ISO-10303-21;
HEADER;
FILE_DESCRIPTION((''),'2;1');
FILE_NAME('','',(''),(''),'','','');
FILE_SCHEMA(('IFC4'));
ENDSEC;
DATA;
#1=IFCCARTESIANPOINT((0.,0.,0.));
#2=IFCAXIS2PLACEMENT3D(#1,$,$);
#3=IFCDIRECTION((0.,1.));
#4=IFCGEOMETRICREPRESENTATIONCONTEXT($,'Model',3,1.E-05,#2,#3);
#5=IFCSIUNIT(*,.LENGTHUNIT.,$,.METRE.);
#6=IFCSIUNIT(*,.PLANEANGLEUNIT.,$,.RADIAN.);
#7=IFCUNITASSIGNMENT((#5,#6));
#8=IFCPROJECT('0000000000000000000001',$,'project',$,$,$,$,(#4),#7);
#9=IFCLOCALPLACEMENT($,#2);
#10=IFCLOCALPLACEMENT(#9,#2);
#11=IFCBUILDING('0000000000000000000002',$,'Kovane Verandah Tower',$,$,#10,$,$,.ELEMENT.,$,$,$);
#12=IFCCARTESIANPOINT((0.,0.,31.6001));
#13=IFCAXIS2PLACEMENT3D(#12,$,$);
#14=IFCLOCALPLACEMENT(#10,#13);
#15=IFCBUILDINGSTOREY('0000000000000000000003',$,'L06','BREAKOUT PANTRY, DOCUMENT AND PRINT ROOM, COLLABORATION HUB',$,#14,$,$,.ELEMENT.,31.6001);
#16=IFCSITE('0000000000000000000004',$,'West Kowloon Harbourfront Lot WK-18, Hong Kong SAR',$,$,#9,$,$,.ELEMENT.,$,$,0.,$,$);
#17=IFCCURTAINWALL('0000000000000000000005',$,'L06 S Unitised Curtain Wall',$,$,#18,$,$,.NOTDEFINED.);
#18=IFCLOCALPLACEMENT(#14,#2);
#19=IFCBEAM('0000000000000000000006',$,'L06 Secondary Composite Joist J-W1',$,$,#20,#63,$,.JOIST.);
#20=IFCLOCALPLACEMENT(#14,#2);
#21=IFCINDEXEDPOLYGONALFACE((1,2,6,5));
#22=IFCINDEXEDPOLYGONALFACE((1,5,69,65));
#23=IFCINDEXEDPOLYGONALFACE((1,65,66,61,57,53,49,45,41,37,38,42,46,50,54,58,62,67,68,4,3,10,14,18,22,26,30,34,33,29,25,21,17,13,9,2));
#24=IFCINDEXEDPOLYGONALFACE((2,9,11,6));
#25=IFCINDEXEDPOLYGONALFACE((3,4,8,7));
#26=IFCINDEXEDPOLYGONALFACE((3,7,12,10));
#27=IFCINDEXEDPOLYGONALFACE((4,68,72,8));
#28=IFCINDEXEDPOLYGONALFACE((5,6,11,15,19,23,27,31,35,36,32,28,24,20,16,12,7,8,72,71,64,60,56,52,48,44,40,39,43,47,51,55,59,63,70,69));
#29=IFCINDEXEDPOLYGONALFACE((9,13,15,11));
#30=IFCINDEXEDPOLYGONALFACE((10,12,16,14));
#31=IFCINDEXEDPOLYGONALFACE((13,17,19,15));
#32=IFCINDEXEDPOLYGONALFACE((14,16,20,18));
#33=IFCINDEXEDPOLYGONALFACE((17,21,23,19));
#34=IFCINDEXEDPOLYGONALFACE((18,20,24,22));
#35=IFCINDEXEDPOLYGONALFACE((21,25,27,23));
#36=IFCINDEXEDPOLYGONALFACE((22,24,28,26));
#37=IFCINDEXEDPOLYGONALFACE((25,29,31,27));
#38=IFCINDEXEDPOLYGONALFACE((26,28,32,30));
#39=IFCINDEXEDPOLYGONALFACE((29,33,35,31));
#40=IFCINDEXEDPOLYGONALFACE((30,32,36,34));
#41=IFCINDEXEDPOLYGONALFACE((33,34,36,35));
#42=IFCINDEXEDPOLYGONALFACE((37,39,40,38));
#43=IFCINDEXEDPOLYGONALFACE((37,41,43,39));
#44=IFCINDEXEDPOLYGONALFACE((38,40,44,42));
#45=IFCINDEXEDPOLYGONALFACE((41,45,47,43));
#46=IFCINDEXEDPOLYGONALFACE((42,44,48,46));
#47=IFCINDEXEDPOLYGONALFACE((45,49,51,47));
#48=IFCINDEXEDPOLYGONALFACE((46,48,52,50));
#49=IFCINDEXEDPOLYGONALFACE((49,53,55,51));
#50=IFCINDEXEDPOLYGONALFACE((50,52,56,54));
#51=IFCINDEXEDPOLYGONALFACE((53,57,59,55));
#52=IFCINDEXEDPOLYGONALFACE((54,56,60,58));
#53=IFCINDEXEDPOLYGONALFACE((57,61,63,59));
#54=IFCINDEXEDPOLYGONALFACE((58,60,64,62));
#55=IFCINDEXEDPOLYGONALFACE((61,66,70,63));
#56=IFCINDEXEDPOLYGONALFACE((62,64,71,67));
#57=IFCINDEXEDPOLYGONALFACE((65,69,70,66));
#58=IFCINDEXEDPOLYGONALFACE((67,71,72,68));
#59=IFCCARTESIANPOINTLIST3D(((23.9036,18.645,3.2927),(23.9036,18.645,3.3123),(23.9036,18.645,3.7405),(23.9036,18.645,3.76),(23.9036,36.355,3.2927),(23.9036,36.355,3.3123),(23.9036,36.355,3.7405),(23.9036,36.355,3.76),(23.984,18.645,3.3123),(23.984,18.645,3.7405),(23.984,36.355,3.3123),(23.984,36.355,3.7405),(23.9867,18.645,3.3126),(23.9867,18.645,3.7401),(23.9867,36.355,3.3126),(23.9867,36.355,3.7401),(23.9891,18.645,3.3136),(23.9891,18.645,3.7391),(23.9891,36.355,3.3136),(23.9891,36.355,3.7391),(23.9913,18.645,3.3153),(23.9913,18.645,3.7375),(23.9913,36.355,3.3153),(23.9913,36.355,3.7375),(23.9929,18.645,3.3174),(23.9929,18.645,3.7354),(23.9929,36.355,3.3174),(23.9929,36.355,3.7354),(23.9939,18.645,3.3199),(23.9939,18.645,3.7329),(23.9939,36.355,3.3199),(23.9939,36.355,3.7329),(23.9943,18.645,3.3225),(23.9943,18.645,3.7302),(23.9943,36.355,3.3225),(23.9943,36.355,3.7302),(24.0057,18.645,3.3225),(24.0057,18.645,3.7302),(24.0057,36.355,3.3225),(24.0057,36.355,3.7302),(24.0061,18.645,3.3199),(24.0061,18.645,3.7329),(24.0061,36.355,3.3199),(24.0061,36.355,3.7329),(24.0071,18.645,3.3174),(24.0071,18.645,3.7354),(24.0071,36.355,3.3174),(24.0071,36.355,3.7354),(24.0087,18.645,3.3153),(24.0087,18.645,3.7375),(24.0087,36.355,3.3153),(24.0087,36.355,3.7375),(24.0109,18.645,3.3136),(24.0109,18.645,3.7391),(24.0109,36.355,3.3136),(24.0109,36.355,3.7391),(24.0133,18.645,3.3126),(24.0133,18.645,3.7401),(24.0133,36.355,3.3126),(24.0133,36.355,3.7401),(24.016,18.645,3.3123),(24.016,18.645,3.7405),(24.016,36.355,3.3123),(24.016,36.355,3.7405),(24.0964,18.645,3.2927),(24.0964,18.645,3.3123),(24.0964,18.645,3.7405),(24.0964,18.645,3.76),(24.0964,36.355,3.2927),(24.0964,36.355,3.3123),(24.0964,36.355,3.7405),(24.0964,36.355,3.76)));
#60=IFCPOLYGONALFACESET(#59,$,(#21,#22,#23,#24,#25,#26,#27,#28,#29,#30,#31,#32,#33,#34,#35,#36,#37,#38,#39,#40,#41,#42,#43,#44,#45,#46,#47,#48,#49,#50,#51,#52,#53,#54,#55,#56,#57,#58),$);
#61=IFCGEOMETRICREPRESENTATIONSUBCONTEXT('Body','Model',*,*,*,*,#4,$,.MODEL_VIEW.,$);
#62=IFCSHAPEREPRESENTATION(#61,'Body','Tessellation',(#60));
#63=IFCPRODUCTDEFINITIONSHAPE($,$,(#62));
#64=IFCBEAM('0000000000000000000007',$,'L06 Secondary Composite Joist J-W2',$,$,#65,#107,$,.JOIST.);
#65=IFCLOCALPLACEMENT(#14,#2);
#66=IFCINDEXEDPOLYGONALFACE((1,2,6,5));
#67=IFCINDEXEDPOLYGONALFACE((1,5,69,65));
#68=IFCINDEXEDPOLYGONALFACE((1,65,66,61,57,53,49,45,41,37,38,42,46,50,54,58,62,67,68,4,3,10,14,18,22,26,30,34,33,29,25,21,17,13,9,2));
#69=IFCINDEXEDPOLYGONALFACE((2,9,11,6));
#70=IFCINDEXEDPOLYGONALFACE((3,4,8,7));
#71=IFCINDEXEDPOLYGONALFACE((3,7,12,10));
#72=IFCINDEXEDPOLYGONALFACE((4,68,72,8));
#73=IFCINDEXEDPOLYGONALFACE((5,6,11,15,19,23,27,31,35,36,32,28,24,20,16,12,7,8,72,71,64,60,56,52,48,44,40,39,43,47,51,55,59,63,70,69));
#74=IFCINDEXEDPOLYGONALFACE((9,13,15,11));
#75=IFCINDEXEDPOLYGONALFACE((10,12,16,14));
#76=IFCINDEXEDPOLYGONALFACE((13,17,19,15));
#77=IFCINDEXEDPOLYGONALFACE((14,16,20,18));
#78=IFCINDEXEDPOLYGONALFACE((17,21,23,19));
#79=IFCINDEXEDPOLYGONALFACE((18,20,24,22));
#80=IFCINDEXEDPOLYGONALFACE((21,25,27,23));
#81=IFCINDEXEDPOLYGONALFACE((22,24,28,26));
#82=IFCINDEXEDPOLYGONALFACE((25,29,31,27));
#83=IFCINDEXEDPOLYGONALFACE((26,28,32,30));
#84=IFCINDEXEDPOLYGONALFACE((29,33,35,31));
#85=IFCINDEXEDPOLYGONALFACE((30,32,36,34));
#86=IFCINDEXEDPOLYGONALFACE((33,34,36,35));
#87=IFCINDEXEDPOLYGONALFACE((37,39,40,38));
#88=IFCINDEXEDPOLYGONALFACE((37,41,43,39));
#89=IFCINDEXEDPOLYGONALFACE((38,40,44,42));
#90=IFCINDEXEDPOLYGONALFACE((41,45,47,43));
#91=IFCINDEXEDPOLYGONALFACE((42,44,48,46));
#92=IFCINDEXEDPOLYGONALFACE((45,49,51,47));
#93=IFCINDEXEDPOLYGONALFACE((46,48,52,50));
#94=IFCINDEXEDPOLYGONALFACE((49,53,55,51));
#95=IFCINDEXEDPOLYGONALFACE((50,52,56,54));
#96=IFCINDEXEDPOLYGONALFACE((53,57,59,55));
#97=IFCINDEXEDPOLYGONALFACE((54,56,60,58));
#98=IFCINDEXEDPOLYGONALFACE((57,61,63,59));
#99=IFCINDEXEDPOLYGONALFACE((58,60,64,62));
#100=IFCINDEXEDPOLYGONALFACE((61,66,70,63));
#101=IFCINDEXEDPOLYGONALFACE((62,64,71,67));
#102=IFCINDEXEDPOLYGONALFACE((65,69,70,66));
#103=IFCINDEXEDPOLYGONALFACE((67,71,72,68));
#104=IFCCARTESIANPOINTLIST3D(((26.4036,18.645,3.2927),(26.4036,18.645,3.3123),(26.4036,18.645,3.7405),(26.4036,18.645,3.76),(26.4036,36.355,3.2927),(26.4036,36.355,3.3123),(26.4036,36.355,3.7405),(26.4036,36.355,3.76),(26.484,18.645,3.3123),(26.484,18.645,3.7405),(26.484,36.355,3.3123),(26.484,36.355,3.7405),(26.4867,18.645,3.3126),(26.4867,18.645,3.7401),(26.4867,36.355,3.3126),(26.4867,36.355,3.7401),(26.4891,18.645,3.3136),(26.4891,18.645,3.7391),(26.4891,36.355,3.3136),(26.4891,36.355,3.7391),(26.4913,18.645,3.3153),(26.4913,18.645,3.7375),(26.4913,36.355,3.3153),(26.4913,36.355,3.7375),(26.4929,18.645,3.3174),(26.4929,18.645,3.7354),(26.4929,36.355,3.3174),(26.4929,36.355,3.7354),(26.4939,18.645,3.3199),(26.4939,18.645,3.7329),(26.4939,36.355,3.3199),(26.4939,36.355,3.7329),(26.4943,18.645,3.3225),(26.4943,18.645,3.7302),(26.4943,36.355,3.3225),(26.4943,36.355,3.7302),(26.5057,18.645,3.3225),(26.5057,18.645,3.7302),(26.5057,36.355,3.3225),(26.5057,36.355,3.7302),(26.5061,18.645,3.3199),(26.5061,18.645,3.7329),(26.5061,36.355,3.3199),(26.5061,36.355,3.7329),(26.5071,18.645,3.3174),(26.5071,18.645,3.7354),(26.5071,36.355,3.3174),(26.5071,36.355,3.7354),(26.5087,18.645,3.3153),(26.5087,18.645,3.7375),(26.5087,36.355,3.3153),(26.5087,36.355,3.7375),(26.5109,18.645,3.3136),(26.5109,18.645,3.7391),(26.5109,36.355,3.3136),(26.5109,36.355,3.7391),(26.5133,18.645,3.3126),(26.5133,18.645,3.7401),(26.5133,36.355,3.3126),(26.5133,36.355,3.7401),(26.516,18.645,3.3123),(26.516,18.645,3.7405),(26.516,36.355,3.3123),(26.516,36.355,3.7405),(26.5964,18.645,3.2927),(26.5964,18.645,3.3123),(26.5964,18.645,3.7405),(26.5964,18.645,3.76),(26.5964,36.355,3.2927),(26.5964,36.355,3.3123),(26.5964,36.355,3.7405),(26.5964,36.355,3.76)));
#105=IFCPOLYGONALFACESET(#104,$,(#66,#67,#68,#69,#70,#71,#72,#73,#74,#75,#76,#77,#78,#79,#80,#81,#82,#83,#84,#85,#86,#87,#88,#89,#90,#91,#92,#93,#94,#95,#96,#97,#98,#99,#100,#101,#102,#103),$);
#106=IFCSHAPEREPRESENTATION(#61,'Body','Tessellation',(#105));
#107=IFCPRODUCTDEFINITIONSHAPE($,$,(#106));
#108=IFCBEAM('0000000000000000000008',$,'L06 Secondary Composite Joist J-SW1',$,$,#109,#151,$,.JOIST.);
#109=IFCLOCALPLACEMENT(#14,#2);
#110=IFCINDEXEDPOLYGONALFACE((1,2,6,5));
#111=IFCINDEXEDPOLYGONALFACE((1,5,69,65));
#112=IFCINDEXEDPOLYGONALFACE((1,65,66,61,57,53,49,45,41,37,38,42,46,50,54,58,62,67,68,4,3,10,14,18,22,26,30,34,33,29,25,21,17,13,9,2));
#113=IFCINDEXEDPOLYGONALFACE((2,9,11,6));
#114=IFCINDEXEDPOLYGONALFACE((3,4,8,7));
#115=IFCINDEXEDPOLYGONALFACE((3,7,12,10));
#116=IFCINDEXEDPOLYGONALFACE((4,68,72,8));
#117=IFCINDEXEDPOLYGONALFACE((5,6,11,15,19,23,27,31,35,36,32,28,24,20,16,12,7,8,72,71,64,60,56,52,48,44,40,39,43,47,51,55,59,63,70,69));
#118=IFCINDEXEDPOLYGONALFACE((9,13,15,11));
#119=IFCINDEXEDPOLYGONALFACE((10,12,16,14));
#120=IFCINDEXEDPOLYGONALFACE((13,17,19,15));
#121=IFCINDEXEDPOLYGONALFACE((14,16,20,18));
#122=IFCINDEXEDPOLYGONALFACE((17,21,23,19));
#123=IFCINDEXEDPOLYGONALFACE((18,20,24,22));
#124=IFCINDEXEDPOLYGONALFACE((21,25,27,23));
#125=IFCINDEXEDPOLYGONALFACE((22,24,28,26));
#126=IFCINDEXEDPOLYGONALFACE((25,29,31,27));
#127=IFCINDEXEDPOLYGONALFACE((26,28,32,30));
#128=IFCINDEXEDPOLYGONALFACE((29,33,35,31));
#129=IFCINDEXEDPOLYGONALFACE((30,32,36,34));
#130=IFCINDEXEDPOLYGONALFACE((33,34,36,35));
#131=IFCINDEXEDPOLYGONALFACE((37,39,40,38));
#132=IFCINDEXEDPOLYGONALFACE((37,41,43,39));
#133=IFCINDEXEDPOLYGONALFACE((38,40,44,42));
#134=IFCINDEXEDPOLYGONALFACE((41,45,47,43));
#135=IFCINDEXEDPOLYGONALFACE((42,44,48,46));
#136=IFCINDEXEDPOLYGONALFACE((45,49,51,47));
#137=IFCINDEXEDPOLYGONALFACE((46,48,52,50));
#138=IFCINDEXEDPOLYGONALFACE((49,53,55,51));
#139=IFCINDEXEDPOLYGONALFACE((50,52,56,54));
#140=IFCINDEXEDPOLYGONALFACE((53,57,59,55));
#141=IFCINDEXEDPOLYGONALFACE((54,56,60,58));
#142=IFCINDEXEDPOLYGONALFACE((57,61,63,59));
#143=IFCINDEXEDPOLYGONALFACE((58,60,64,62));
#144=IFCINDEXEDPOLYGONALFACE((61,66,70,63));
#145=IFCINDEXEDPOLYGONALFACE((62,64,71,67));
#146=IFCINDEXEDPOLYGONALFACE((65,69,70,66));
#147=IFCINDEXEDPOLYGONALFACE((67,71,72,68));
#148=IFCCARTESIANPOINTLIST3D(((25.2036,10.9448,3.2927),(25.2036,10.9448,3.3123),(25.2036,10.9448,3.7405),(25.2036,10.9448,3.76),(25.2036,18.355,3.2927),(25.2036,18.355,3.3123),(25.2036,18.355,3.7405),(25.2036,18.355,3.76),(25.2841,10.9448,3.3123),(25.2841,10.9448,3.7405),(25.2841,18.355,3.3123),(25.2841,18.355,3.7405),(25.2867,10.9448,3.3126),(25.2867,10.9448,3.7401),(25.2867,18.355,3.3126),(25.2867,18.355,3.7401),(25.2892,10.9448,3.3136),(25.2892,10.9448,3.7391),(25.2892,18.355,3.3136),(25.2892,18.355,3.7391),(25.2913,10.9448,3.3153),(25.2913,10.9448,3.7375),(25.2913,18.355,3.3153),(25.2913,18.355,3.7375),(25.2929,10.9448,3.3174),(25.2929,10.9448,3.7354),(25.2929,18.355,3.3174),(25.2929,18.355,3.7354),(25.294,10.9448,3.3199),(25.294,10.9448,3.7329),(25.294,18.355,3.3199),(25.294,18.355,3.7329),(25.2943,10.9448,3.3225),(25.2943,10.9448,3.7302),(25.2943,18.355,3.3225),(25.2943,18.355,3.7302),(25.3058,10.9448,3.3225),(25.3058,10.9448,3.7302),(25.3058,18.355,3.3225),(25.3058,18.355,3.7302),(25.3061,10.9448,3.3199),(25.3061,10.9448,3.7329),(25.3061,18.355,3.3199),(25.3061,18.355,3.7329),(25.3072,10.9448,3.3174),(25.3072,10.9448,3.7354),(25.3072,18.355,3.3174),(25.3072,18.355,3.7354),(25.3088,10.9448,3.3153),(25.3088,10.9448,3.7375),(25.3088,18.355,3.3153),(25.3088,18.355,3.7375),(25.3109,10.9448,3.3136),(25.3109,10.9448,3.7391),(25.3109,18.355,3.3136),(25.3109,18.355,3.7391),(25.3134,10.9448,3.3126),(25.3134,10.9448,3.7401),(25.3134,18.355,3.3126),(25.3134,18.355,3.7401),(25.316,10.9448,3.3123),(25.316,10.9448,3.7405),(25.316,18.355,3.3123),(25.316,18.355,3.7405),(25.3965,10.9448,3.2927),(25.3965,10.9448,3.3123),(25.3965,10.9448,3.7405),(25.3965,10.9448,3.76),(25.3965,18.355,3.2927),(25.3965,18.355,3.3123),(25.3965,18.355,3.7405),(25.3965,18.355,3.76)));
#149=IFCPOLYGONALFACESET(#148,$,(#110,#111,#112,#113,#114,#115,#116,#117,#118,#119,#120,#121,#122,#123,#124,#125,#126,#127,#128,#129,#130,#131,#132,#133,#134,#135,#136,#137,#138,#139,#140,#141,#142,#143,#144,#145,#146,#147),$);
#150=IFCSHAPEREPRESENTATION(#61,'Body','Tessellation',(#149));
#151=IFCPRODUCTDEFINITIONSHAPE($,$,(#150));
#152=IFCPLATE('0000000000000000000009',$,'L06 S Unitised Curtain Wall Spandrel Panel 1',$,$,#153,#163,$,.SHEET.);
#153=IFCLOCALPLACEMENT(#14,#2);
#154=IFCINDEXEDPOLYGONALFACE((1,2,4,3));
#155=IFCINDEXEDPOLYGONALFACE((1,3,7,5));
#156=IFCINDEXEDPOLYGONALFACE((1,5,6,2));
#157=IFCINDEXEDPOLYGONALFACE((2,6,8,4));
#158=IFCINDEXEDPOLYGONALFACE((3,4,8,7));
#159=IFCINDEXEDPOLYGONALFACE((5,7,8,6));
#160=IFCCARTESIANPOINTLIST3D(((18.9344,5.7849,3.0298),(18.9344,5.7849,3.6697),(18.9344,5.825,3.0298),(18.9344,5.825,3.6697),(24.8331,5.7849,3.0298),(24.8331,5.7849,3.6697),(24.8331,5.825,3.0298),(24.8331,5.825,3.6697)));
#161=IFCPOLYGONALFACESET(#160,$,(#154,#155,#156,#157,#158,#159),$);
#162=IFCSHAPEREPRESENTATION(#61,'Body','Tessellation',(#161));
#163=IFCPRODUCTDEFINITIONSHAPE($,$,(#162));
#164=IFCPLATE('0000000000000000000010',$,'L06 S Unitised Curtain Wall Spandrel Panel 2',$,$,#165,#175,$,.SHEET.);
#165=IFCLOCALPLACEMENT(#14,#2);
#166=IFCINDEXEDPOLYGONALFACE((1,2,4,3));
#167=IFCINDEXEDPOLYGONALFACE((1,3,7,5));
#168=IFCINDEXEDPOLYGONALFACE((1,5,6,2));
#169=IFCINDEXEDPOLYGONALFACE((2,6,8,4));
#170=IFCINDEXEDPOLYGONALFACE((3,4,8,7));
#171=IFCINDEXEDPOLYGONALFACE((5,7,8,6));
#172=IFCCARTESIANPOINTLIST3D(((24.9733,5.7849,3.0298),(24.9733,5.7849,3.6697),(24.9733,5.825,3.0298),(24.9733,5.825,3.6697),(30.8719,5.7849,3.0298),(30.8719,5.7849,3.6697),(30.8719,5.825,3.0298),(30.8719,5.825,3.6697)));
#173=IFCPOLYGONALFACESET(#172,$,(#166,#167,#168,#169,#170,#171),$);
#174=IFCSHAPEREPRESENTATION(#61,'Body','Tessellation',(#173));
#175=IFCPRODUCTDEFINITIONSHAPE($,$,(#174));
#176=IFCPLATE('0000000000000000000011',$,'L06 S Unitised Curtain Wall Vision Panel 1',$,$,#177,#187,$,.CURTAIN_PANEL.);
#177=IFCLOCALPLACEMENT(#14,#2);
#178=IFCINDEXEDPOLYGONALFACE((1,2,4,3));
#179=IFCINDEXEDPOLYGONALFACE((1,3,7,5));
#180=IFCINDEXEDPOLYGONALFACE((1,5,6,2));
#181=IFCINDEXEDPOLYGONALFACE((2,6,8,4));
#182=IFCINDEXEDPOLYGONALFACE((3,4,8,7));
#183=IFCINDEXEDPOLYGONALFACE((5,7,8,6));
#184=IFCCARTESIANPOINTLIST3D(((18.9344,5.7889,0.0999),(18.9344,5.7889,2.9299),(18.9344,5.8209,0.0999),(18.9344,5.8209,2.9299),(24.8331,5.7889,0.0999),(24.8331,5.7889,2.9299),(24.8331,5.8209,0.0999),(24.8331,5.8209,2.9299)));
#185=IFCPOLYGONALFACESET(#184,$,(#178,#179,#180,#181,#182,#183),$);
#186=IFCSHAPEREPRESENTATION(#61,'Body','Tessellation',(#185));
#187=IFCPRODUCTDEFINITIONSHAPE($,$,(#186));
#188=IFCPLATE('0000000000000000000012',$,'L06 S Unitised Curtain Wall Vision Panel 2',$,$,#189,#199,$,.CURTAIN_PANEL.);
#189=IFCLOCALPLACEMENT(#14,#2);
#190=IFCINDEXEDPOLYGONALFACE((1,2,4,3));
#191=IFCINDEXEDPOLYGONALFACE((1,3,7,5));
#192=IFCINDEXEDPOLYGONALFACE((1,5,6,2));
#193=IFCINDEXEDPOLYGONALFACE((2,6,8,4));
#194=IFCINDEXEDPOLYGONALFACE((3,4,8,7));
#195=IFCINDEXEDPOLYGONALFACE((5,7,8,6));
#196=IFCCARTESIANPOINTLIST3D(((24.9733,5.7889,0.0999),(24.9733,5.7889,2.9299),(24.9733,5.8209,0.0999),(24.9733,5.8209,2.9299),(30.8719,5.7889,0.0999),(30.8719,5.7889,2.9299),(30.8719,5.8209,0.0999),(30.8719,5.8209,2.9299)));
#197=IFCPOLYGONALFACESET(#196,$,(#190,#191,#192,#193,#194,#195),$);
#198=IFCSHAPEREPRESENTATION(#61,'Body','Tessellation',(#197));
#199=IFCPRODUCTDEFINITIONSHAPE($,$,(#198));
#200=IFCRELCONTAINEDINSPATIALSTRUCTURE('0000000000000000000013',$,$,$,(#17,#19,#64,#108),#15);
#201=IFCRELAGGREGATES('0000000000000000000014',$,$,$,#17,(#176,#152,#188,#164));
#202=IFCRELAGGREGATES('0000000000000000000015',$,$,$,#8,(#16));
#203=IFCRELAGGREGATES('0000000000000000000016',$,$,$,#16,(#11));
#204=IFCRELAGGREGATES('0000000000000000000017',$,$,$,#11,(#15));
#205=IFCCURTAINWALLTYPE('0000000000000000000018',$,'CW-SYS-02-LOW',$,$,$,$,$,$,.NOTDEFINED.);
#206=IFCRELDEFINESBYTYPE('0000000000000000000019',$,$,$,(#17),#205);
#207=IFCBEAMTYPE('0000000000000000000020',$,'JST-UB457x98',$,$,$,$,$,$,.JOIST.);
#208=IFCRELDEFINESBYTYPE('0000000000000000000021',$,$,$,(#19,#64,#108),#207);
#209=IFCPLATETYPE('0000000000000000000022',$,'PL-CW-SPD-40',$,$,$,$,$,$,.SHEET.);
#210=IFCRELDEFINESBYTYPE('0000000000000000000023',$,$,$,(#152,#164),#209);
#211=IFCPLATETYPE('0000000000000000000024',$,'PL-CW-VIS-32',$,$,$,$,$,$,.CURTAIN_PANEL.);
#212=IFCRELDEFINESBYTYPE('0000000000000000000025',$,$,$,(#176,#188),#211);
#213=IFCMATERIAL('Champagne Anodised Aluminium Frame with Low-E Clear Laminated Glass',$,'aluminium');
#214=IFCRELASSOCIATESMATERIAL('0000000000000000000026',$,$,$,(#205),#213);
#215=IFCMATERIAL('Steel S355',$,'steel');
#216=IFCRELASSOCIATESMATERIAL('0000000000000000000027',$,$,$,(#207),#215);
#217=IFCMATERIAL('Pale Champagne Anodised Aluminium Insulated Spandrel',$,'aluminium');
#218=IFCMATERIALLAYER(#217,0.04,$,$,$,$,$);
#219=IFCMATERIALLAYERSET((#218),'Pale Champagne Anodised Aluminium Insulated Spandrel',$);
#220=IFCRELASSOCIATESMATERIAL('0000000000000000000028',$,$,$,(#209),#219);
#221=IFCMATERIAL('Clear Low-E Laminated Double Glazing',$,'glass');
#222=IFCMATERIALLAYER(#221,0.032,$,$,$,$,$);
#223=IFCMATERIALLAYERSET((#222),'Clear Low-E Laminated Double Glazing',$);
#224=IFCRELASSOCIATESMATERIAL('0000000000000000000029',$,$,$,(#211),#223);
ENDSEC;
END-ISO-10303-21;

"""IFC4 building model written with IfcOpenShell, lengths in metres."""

from ifc_helpers import new_model, si_unit, direction, frame, origin, origin_2d, place, context, subcontext, project, spatial, rectangle, i_section, extrude, material, layer, layer_set, material_profile, profile_set, type_object, element, aggregate, save


model = new_model("IFC4")

# Units and contexts
model_context = context("Model", 3, precision=1e-05, world=origin(), true_north=direction((0.0, 1.0)))
body_context = subcontext(model_context, "Body", "Model", "MODEL_VIEW")
ifc_project = project(units=[si_unit("LENGTHUNIT", "METRE"), si_unit("PLANEANGLEUNIT", "RADIAN")], contexts=[model_context])

# Site, building, storey
site_placement = place(None, origin())
site = spatial("IfcSite", under=ifc_project, at=site_placement, Name="West Kowloon Harbourfront Lot WK-18, Hong Kong SAR", CompositionType="ELEMENT", RefElevation=0.0)
building_placement = place(site_placement, origin())
building = spatial("IfcBuilding", under=site, at=building_placement, Name="Kovane Verandah Tower", CompositionType="ELEMENT")
storey_placement = place(building_placement, frame((0.0, 0.0, 31.6001)))
storey = spatial("IfcBuildingStorey", under=building, at=storey_placement, Name="L06", Description="BREAKOUT PANTRY, DOCUMENT AND PRINT ROOM, COLLABORATION HUB", CompositionType="ELEMENT", Elevation=31.6001)

# Shared definitions
ifc_material_1 = material(Name="Steel S355", Category="steel")

# Curtain wall
ifc_material_2 = material(Name="Champagne Anodised Aluminium Frame with Low-E Clear Laminated Glass", Category="aluminium")
curtain_wall_type = type_object("IfcCurtainWallType", Name="CW-SYS-02-LOW", PredefinedType="NOTDEFINED", material=ifc_material_2)
curtain_wall_placement = place(storey_placement, origin())
curtain_wall = element("IfcCurtainWall", 1, at=curtain_wall_placement, inside=storey, type_object=curtain_wall_type, Name="L06 S Unitised Curtain Wall", PredefinedType="NOTDEFINED")

# Beams
ifc_material_profile_1 = material_profile(ifc_material_1, i_section(OverallWidth=0.1929, OverallDepth=0.4673, WebThickness=0.0115, FlangeThickness=0.0195, FilletRadius=0.0103, at=origin_2d()), Name="UB457x191x98")
ifc_profile_set_1 = profile_set([ifc_material_profile_1], Name="Steel S355")
beam_type_1 = type_object("IfcBeamType", Name="JST-UB457x98", PredefinedType="JOIST", material=ifc_profile_set_1)
for number, where, z_axis, x_axis, name in (
    (2, (24.0, 18.645, 3.5264), (0.0, 1.0, 0.0), (-1.0, 0.0, 0.0), "L06 Secondary Composite Joist J-W1"),
    (3, (26.5, 18.645, 3.5264), (0.0, 1.0, 0.0), (-1.0, 0.0, 0.0), "L06 Secondary Composite Joist J-W2"),
):
    element("IfcBeam", number, at=place(storey_placement, frame(where, z_axis=z_axis, x_axis=x_axis)), inside=storey, type_object=beam_type_1, Name=name, PredefinedType="JOIST", context=body_context, shape_type="SweptSolid", body=[
        extrude(i_section(OverallWidth=0.1929, OverallDepth=0.4673, WebThickness=0.0115, FlangeThickness=0.0195, FilletRadius=0.0103, at=origin_2d()), origin(), (0.0, 0.0, 1.0), 17.71),
    ])
beam_1_placement = place(storey_placement, frame((25.3, 10.9448, 3.5264), z_axis=(0.0, 1.0, 0.0), x_axis=(-1.0, 0.0, 0.0)))
element("IfcBeam", 4, at=beam_1_placement, inside=storey, type_object=beam_type_1, Name="L06 Secondary Composite Joist J-SW1", PredefinedType="JOIST", context=body_context, shape_type="SweptSolid", body=[
    extrude(i_section(OverallWidth=0.1929, OverallDepth=0.4673, WebThickness=0.0115, FlangeThickness=0.0195, FilletRadius=0.0103, at=origin_2d()), origin(), (0.0, 0.0, 1.0), 7.4102),
])

# Plates
ifc_material_3 = material(Name="Pale Champagne Anodised Aluminium Insulated Spandrel", Category="aluminium")
ifc_layer_1 = layer(ifc_material_3, 0.04)
ifc_layer_set_1 = layer_set([ifc_layer_1], Name="Pale Champagne Anodised Aluminium Insulated Spandrel")
plate_type_1 = type_object("IfcPlateType", Name="PL-CW-SPD-40", PredefinedType="SHEET", material=ifc_layer_set_1)
plate_1_placement = place(storey_placement, frame((21.8838, 5.8049, 3.0298), z_axis=(0.0, 0.0, 1.0), x_axis=(1.0, 0.0, 0.0)))
plate_1 = element("IfcPlate", 5, at=plate_1_placement, type_object=plate_type_1, Name="L06 S Unitised Curtain Wall Spandrel Panel 1", PredefinedType="SHEET", context=body_context, shape_type="SweptSolid", body=[
    extrude(rectangle(XDim=5.8987, YDim=0.04, at=origin_2d()), origin(), (0.0, 0.0, 1.0), 0.6399),
])
plate_2_placement = place(storey_placement, frame((27.9226, 5.8049, 3.0298), z_axis=(0.0, 0.0, 1.0), x_axis=(1.0, 0.0, 0.0)))
plate_2 = element("IfcPlate", 6, at=plate_2_placement, type_object=plate_type_1, Name="L06 S Unitised Curtain Wall Spandrel Panel 2", PredefinedType="SHEET", context=body_context, shape_type="SweptSolid", body=[
    extrude(rectangle(XDim=5.8987, YDim=0.04, at=origin_2d()), origin(), (0.0, 0.0, 1.0), 0.6399),
])
ifc_material_4 = material(Name="Clear Low-E Laminated Double Glazing", Category="glass")
ifc_layer_2 = layer(ifc_material_4, 0.032)
ifc_layer_set_2 = layer_set([ifc_layer_2], Name="Clear Low-E Laminated Double Glazing")
plate_type_2 = type_object("IfcPlateType", Name="PL-CW-VIS-32", PredefinedType="CURTAIN_PANEL", material=ifc_layer_set_2)
plate_3_placement = place(storey_placement, frame((21.8838, 5.8049, 0.0999), z_axis=(0.0, 0.0, 1.0), x_axis=(1.0, 0.0, 0.0)))
plate_3 = element("IfcPlate", 7, at=plate_3_placement, type_object=plate_type_2, Name="L06 S Unitised Curtain Wall Vision Panel 1", PredefinedType="CURTAIN_PANEL", context=body_context, shape_type="SweptSolid", body=[
    extrude(rectangle(XDim=5.8987, YDim=0.032, at=origin_2d()), origin(), (0.0, 0.0, 1.0), 2.8301),
])
plate_4_placement = place(storey_placement, frame((27.9226, 5.8049, 0.0999), z_axis=(0.0, 0.0, 1.0), x_axis=(1.0, 0.0, 0.0)))
plate_4 = element("IfcPlate", 8, at=plate_4_placement, type_object=plate_type_2, Name="L06 S Unitised Curtain Wall Vision Panel 2", PredefinedType="CURTAIN_PANEL", context=body_context, shape_type="SweptSolid", body=[
    extrude(rectangle(XDim=5.8987, YDim=0.032, at=origin_2d()), origin(), (0.0, 0.0, 1.0), 2.8301),
])
aggregate(curtain_wall, [plate_3, plate_1, plate_4, plate_2])

save(model, "model.ifc")
